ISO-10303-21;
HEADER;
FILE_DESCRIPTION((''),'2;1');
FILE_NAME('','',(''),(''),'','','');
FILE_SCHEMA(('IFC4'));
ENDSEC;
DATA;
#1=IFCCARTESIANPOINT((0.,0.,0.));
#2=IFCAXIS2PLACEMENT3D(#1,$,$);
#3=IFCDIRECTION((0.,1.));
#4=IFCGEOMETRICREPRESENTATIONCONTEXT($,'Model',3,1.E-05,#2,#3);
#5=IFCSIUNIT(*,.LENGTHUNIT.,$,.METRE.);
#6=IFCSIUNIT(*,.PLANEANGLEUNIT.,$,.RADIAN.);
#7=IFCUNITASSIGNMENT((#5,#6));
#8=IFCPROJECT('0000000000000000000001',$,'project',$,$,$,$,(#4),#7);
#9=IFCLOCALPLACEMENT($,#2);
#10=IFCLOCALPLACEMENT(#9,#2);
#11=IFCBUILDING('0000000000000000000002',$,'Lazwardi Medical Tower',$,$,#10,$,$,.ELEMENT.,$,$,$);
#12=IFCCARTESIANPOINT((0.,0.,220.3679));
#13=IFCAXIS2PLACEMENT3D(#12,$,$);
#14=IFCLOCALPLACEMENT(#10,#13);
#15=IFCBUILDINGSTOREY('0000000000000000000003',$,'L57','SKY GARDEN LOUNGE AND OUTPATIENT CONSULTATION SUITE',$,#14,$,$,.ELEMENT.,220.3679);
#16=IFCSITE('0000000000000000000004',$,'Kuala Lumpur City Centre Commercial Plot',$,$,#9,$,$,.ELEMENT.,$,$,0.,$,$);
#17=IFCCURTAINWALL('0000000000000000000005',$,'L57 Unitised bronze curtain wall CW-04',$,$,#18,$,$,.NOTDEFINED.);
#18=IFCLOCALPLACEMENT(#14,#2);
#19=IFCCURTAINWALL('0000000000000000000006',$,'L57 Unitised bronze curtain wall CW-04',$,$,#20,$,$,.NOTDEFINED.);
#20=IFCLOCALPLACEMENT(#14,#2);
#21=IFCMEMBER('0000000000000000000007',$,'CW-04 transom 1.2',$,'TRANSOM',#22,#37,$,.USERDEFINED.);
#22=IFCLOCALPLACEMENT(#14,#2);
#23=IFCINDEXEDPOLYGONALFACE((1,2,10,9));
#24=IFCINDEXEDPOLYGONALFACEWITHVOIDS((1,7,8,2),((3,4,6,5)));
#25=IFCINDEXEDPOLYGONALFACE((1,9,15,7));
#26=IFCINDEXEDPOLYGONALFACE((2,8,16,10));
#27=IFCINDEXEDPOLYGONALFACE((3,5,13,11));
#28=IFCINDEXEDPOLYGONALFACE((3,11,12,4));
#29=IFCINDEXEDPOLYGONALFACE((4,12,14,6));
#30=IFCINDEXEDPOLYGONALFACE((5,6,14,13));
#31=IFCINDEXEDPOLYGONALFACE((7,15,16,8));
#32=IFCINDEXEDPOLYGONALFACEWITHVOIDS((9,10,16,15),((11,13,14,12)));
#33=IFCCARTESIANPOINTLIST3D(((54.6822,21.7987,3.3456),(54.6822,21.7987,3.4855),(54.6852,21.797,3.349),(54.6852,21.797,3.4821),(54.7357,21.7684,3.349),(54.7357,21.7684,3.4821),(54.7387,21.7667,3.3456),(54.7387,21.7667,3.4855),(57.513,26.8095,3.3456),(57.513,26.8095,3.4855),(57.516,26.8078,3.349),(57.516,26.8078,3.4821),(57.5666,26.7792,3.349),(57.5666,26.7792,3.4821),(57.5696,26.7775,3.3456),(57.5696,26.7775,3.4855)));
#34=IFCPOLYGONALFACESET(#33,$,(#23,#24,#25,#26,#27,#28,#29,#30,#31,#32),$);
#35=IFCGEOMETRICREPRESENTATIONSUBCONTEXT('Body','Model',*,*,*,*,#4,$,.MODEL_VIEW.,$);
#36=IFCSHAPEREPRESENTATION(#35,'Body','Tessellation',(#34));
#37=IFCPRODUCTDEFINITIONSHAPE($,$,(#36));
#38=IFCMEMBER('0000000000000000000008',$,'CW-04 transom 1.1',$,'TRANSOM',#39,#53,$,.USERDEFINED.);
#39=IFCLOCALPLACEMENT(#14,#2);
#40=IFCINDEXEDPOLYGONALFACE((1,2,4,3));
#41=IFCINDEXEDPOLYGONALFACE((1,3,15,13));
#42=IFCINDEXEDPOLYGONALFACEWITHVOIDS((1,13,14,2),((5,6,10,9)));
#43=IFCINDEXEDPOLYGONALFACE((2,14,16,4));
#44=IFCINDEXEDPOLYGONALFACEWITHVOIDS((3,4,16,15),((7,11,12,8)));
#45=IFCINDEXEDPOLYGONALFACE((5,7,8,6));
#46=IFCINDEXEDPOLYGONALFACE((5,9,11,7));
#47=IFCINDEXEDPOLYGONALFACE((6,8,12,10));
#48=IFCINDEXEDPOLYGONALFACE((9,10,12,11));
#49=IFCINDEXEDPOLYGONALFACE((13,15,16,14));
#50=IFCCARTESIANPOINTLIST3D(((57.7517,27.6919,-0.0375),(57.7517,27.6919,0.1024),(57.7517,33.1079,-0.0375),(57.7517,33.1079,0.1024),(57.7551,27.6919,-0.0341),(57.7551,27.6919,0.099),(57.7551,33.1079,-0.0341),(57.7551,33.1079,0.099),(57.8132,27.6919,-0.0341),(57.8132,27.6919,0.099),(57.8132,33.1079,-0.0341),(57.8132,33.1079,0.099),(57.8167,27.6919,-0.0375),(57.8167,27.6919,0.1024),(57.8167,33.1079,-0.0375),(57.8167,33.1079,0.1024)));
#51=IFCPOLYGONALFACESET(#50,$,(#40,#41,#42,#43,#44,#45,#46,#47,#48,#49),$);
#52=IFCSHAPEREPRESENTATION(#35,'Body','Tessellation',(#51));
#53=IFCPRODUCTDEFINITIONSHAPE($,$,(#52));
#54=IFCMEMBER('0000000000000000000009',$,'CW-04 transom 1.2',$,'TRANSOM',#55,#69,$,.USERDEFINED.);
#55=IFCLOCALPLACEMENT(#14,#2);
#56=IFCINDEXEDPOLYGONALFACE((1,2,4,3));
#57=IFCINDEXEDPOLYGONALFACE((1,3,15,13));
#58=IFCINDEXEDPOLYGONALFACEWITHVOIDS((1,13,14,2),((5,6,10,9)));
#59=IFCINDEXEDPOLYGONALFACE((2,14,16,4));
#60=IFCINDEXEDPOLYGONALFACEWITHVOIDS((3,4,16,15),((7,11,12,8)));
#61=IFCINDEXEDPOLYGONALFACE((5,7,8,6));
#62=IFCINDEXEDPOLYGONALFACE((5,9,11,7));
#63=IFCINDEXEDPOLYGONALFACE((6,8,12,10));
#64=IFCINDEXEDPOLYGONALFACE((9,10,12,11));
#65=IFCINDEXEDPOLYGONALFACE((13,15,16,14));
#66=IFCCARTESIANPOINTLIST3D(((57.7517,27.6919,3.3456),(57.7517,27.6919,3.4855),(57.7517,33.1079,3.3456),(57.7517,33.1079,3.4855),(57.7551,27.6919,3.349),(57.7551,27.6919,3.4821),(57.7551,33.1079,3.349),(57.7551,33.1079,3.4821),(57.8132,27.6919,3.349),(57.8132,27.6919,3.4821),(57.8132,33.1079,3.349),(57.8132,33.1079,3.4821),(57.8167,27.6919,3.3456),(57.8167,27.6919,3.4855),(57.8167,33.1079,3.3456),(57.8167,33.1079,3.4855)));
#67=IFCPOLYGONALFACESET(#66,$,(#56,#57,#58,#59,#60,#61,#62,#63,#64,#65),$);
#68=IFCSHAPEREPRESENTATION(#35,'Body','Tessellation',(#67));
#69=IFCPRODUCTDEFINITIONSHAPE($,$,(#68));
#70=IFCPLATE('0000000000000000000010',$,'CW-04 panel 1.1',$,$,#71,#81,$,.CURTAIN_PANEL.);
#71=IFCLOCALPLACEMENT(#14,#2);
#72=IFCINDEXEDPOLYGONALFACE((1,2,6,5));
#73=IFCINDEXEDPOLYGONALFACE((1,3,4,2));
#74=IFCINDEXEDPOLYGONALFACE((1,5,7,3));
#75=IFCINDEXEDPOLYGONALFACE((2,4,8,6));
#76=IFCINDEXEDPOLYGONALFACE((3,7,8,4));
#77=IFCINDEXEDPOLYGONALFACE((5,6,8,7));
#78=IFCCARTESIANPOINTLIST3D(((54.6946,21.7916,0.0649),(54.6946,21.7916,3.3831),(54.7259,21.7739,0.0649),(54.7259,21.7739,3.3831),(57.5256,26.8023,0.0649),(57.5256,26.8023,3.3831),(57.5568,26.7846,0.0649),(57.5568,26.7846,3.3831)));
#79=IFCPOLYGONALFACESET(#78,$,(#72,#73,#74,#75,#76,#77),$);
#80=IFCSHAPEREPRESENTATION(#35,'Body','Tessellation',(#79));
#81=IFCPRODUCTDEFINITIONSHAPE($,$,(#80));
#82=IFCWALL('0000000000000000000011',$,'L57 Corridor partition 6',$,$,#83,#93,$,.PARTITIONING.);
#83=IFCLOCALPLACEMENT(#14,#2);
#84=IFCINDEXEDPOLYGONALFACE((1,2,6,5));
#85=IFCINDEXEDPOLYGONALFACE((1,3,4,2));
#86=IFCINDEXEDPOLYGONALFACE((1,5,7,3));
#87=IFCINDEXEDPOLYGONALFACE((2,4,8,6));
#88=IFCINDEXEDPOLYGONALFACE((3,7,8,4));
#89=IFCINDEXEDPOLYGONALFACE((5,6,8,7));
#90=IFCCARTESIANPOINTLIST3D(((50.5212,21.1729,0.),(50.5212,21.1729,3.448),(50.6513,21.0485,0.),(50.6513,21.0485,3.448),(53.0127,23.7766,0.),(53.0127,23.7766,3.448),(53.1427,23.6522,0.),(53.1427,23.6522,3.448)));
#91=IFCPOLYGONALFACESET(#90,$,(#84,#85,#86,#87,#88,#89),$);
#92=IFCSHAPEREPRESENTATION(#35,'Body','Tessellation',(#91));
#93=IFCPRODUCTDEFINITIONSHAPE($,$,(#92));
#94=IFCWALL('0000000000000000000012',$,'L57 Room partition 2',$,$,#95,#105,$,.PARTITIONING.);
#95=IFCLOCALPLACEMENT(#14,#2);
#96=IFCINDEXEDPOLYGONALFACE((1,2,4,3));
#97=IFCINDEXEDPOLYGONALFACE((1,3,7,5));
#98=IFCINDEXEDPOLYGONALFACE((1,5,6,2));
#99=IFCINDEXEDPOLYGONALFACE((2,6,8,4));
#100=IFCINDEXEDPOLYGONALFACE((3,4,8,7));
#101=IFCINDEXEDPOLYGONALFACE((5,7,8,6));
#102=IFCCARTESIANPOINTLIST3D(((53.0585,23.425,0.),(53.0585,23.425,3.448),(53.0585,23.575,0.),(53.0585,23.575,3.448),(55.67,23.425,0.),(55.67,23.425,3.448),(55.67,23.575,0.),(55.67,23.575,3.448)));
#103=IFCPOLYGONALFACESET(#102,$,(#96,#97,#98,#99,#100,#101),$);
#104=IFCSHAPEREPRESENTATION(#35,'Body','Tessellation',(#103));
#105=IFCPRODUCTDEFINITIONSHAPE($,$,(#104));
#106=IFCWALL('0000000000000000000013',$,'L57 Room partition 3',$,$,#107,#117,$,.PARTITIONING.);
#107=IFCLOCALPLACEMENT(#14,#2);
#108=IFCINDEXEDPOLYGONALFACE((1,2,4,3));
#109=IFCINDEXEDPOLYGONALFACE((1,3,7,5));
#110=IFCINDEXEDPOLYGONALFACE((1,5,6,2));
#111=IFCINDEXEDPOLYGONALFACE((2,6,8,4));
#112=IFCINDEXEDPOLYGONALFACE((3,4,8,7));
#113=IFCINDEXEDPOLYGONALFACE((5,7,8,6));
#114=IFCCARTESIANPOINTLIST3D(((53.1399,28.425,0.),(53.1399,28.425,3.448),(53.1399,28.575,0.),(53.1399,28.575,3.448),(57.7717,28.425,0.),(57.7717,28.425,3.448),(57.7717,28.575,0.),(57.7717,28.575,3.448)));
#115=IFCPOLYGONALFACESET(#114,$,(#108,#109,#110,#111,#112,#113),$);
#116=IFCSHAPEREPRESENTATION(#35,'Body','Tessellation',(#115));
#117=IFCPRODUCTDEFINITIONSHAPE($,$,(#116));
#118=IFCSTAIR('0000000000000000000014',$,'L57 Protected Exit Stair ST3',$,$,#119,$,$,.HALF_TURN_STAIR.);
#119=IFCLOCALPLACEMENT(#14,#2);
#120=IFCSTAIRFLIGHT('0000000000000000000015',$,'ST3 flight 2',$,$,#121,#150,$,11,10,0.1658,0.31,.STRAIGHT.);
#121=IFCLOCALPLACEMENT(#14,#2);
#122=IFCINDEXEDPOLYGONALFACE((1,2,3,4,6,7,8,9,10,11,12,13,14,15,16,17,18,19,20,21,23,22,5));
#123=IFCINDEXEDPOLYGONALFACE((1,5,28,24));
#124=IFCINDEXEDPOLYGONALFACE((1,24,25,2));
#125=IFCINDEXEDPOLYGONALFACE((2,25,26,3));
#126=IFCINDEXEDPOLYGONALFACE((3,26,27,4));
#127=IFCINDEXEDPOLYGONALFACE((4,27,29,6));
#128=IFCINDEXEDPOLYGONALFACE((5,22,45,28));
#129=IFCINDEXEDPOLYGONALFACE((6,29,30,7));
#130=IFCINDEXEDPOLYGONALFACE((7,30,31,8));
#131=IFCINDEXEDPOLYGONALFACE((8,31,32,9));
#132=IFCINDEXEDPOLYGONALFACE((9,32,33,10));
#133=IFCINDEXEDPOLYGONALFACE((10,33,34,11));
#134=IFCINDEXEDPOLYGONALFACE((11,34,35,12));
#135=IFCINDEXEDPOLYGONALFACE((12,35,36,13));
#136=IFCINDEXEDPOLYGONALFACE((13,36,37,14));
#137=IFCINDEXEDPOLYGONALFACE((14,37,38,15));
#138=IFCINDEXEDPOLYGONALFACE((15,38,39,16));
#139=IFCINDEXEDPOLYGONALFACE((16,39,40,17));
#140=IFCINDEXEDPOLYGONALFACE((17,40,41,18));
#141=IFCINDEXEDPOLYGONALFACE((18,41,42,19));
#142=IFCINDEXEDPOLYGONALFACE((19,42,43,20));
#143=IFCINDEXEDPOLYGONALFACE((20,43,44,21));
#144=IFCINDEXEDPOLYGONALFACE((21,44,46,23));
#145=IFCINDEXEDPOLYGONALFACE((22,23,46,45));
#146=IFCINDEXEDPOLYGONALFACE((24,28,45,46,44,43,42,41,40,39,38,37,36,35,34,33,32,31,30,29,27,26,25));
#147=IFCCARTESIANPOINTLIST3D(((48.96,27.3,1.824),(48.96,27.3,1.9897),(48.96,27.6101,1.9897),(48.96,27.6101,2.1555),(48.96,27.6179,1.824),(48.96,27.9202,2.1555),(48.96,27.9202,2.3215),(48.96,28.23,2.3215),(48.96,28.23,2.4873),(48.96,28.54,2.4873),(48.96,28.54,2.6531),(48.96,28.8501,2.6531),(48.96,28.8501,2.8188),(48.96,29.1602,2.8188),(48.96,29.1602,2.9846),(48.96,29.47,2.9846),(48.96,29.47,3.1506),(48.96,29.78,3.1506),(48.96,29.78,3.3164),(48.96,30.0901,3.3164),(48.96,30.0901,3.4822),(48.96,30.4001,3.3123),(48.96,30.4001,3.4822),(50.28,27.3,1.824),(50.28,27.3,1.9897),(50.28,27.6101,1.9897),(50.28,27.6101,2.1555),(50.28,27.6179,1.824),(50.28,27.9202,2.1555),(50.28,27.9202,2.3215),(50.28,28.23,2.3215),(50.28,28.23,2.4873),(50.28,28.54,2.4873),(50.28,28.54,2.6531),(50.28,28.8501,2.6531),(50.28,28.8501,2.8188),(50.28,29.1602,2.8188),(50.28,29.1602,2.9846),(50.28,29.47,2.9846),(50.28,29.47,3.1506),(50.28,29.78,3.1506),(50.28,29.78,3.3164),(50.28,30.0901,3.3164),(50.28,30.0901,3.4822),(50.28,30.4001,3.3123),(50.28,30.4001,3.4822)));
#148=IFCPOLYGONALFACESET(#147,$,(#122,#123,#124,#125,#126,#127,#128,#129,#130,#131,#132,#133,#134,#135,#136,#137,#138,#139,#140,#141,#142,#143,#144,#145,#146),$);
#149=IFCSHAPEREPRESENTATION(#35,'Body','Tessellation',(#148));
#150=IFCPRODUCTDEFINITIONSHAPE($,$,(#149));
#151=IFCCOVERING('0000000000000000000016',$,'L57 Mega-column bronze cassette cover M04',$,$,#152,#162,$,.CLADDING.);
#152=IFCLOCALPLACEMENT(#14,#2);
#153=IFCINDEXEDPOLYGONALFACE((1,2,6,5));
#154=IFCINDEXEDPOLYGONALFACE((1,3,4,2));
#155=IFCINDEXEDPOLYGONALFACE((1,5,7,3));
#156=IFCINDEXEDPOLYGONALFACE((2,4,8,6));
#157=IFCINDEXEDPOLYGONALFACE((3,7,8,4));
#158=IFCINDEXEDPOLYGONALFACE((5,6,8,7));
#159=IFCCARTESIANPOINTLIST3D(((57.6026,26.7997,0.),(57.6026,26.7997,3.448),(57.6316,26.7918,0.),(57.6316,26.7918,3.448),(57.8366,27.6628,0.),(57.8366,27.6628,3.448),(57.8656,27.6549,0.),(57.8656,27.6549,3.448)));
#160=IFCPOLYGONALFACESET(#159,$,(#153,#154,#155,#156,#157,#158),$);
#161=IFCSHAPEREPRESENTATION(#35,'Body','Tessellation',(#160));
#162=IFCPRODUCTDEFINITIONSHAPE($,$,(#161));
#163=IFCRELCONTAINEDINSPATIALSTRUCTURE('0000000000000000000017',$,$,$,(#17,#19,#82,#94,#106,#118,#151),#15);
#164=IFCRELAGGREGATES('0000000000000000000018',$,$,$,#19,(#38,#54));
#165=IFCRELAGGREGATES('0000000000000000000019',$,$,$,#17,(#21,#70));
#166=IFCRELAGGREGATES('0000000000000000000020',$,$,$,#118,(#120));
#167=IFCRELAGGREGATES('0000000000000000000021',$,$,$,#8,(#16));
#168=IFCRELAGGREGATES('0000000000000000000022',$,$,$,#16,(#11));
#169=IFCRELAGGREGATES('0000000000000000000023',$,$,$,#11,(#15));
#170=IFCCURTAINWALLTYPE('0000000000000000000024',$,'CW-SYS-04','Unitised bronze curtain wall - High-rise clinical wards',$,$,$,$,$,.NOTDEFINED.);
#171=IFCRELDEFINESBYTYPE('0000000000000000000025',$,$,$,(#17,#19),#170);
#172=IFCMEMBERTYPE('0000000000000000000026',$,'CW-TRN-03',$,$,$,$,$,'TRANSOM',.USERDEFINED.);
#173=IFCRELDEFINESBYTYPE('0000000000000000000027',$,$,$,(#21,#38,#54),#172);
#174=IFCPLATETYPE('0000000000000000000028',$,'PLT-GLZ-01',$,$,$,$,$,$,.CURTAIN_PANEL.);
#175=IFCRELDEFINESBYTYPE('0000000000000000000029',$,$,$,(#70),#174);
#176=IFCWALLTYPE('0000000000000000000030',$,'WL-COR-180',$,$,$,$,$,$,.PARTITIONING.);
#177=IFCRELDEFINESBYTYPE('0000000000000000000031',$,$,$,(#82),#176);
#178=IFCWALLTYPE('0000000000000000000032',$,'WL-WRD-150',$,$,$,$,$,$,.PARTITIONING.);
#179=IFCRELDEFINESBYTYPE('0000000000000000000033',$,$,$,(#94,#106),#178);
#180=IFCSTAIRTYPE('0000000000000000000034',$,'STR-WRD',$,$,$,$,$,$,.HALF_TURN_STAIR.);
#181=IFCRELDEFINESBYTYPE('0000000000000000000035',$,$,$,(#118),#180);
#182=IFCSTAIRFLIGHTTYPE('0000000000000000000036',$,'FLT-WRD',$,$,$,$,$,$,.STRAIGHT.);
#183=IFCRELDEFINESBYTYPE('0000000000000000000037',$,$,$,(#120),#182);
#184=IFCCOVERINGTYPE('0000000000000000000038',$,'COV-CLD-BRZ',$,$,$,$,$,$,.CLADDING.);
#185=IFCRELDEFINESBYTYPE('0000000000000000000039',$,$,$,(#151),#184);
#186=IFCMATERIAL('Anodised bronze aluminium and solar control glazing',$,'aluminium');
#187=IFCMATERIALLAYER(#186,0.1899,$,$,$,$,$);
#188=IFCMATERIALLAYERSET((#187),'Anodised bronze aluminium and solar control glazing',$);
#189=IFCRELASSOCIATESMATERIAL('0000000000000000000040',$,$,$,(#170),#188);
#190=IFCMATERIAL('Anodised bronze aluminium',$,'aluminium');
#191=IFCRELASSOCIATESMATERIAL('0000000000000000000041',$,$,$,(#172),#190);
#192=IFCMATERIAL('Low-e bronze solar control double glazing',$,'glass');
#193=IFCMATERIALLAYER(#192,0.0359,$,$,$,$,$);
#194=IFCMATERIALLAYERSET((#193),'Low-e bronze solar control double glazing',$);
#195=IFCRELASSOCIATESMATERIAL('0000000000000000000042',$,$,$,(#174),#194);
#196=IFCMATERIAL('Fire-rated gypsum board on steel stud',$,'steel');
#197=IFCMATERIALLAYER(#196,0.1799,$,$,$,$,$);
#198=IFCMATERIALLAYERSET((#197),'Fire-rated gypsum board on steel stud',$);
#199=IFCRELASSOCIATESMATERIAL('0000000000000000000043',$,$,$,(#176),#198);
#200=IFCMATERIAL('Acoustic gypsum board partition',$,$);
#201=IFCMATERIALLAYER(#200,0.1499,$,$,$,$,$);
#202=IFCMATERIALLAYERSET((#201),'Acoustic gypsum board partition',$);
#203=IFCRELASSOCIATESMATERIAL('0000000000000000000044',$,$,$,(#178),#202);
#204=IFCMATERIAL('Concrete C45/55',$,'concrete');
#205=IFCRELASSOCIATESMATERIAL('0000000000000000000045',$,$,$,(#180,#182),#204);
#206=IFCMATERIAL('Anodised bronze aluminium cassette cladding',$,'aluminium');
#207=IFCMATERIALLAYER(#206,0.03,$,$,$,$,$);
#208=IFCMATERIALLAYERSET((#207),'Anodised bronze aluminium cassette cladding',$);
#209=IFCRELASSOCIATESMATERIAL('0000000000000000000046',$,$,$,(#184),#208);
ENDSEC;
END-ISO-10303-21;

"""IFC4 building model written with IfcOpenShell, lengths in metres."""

from ifc_helpers import new_model, si_unit, direction, frame, frame_2d, origin, origin_2d, place, context, subcontext, project, spatial, polyline, rectangle, hollow_rectangle, outline, extrude, material, layer, layer_set, material_profile, profile_set, type_object, element, aggregate, save


model = new_model("IFC4")

# Units and contexts
model_context = context("Model", 3, precision=1e-05, world=origin(), true_north=direction((0.0, 1.0)))
body_context = subcontext(model_context, "Body", "Model", "MODEL_VIEW")
ifc_project = project(units=[si_unit("LENGTHUNIT", "METRE"), si_unit("PLANEANGLEUNIT", "RADIAN")], contexts=[model_context])

# Site, building, storey
site_placement = place(None, origin())
site = spatial("IfcSite", under=ifc_project, at=site_placement, Name="Kuala Lumpur City Centre Commercial Plot", CompositionType="ELEMENT", RefElevation=0.0)
building_placement = place(site_placement, origin())
building = spatial("IfcBuilding", under=site, at=building_placement, Name="Lazwardi Medical Tower", CompositionType="ELEMENT")
storey_placement = place(building_placement, frame((0.0, 0.0, 220.3679)))
storey = spatial("IfcBuildingStorey", under=building, at=storey_placement, Name="L57", Description="SKY GARDEN LOUNGE AND OUTPATIENT CONSULTATION SUITE", CompositionType="ELEMENT", Elevation=220.3679)

# Curtain walls
ifc_material_1 = material(Name="Anodised bronze aluminium and solar control glazing", Category="aluminium")
ifc_layer_1 = layer(ifc_material_1, 0.1899)
ifc_layer_set_1 = layer_set([ifc_layer_1], Name="Anodised bronze aluminium and solar control glazing")
curtain_wall_type = type_object("IfcCurtainWallType", Name="CW-SYS-04", Description="Unitised bronze curtain wall - High-rise clinical wards", PredefinedType="NOTDEFINED", material=ifc_layer_set_1)
curtain_wall_1_placement = place(storey_placement, origin())
curtain_wall_1 = element("IfcCurtainWall", 1, at=curtain_wall_1_placement, inside=storey, type_object=curtain_wall_type, Name="L57 Unitised bronze curtain wall CW-04", PredefinedType="NOTDEFINED")
ifc_material_2 = material(Name="Anodised bronze aluminium", Category="aluminium")
curtain_wall_2_placement = place(storey_placement, origin())
curtain_wall_2 = element("IfcCurtainWall", 2, at=curtain_wall_2_placement, inside=storey, type_object=curtain_wall_type, Name="L57 Unitised bronze curtain wall CW-04", PredefinedType="NOTDEFINED")

# Members
ifc_material_profile_1 = material_profile(ifc_material_2, hollow_rectangle(XDim=0.0649, YDim=0.1399, WallThickness=0.0034, at=origin_2d()), Name="ALU-TRANSOM 140x65x3.5")
ifc_profile_set_1 = profile_set([ifc_material_profile_1], Name="Anodised bronze aluminium")
member_type_1 = type_object("IfcMemberType", Name="CW-TRN-03", ElementType="TRANSOM", PredefinedType="USERDEFINED", material=ifc_profile_set_1)
member_1_placement = place(storey_placement, frame((54.7104, 21.7827, 3.4155), z_axis=(0.49188, 0.870663, 0.0), x_axis=(-0.870663, 0.49188, 0.0)))
member_1 = element("IfcMember", 3, at=member_1_placement, type_object=member_type_1, Name="CW-04 transom 1.2", ObjectType="TRANSOM", PredefinedType="USERDEFINED", context=body_context, shape_type="SweptSolid", body=[
    extrude(hollow_rectangle(XDim=0.0649, YDim=0.1399, WallThickness=0.0034, at=origin_2d()), origin(), (0.0, 0.0, 1.0), 5.7551),
])
member_2_placement = place(storey_placement, frame((57.7842, 27.6919, 0.0325), z_axis=(0.0, 1.0, 0.0), x_axis=(-1.0, 0.0, 0.0)))
member_2 = element("IfcMember", 4, at=member_2_placement, type_object=member_type_1, Name="CW-04 transom 1.1", ObjectType="TRANSOM", PredefinedType="USERDEFINED", context=body_context, shape_type="SweptSolid", body=[
    extrude(hollow_rectangle(XDim=0.0649, YDim=0.1399, WallThickness=0.0034, at=origin_2d()), origin(), (0.0, 0.0, 1.0), 5.416),
])
member_3_placement = place(storey_placement, frame((57.7842, 27.6919, 3.4155), z_axis=(0.0, 1.0, 0.0), x_axis=(-1.0, 0.0, 0.0)))
member_3 = element("IfcMember", 5, at=member_3_placement, type_object=member_type_1, Name="CW-04 transom 1.2", ObjectType="TRANSOM", PredefinedType="USERDEFINED", context=body_context, shape_type="SweptSolid", body=[
    extrude(hollow_rectangle(XDim=0.0649, YDim=0.1399, WallThickness=0.0034, at=origin_2d()), origin(), (0.0, 0.0, 1.0), 5.416),
])
aggregate(curtain_wall_2, [member_2, member_3])

# Plate
ifc_material_3 = material(Name="Low-e bronze solar control double glazing", Category="glass")
ifc_layer_2 = layer(ifc_material_3, 0.0359)
ifc_layer_set_2 = layer_set([ifc_layer_2], Name="Low-e bronze solar control double glazing")
plate_type = type_object("IfcPlateType", Name="PLT-GLZ-01", PredefinedType="CURTAIN_PANEL", material=ifc_layer_set_2)
plate_placement = place(storey_placement, frame((56.1257, 24.2881, 0.0649), z_axis=(0.0, 0.0, 1.0), x_axis=(0.4919, 0.870651, 0.0)))
plate = element("IfcPlate", 6, at=plate_placement, type_object=plate_type, Name="CW-04 panel 1.1", PredefinedType="CURTAIN_PANEL", context=body_context, shape_type="SweptSolid", body=[
    extrude(rectangle(XDim=5.7551, YDim=0.0359, at=origin_2d()), origin(), (0.0, 0.0, 1.0), 3.3181),
])
aggregate(curtain_wall_1, [member_1, plate])

# Walls
ifc_material_4 = material(Name="Fire-rated gypsum board on steel stud", Category="steel")
ifc_layer_3 = layer(ifc_material_4, 0.1799)
ifc_layer_set_3 = layer_set([ifc_layer_3], Name="Fire-rated gypsum board on steel stud")
wall_type_1 = type_object("IfcWallType", Name="WL-COR-180", PredefinedType="PARTITIONING", material=ifc_layer_set_3)
wall_1_placement = place(storey_placement, frame((53.0776, 23.7144, 0.0), z_axis=(0.0, 0.0, 1.0), x_axis=(-0.691353, -0.722517, 0.0)))
element("IfcWall", 7, at=wall_1_placement, inside=storey, type_object=wall_type_1, Name="L57 Corridor partition 6", PredefinedType="PARTITIONING", context=body_context, shape_type="SweptSolid", body=[
    extrude(rectangle(XDim=3.6038, YDim=0.1799, at=frame_2d((1.8018, 0.0))), origin(), (0.0, 0.0, 1.0), 3.448),
])
ifc_material_5 = material(Name="Acoustic gypsum board partition")
ifc_layer_4 = layer(ifc_material_5, 0.1499)
ifc_layer_set_4 = layer_set([ifc_layer_4], Name="Acoustic gypsum board partition")
wall_type_2 = type_object("IfcWallType", Name="WL-WRD-150", PredefinedType="PARTITIONING", material=ifc_layer_set_4)
wall_2_placement = place(storey_placement, frame((53.0586, 23.5, 0.0), z_axis=(0.0, 0.0, 1.0), x_axis=(1.0, 0.0, 0.0)))
element("IfcWall", 8, at=wall_2_placement, inside=storey, type_object=wall_type_2, Name="L57 Room partition 2", PredefinedType="PARTITIONING", context=body_context, shape_type="SweptSolid", body=[
    extrude(rectangle(XDim=2.6116, YDim=0.1499, at=frame_2d((1.3057, 0.0))), origin(), (0.0, 0.0, 1.0), 3.448),
])
wall_3_placement = place(storey_placement, frame((53.1399, 28.5, 0.0), z_axis=(0.0, 0.0, 1.0), x_axis=(1.0, 0.0, 0.0)))
element("IfcWall", 9, at=wall_3_placement, inside=storey, type_object=wall_type_2, Name="L57 Room partition 3", PredefinedType="PARTITIONING", context=body_context, shape_type="SweptSolid", body=[
    extrude(rectangle(XDim=4.6318, YDim=0.1499, at=frame_2d((2.3159, 0.0))), origin(), (0.0, 0.0, 1.0), 3.448),
])

# Stair, stair flight
ifc_material_6 = material(Name="Concrete C45/55", Category="concrete")
stair_type = type_object("IfcStairType", Name="STR-WRD", PredefinedType="HALF_TURN_STAIR", material=ifc_material_6)
stair_placement = place(storey_placement, origin())
stair = element("IfcStair", 10, at=stair_placement, inside=storey, type_object=stair_type, Name="L57 Protected Exit Stair ST3", PredefinedType="HALF_TURN_STAIR")
stair_flight_type = type_object("IfcStairFlightType", Name="FLT-WRD", PredefinedType="STRAIGHT", material=ifc_material_6)
stair_flight_placement = place(storey_placement, frame((49.6201, 27.3, 1.824), z_axis=(0.0, 0.0, 1.0), x_axis=(0.0, 1.0, 0.0)))
stair_flight = element("IfcStairFlight", 11, at=stair_flight_placement, type_object=stair_flight_type, Name="ST3 flight 2", NumberOfRisers=11, NumberOfTreads=10, PredefinedType="STRAIGHT", RiserHeight=0.1658, TreadLength=0.31, context=body_context, shape_type="SweptSolid", body=[
    extrude(outline(polyline([(0.0, 0.0), (0.0, 0.1658), (0.3101, 0.1658), (0.3101, 0.3315), (0.6201, 0.3315), (0.6201, 0.4976), (0.9299, 0.4976), (0.9299, 0.6633), (1.24, 0.6633), (1.24, 0.8291), (1.55, 0.8291), (1.55, 0.9949), (1.8601, 0.9949), (1.8601, 1.1606), (2.1699, 1.1606), (2.1699, 1.3267), (2.48, 1.3267), (2.48, 1.4924), (2.79, 1.4924), (2.79, 1.6582), (3.1001, 1.6582), (3.1001, 1.824), (3.1001, 1.4883), (0.3179, 0.0), (0.0, 0.0)])), frame((0.0, 0.6602, 0.0), z_axis=(0.0, -1.0, 0.0), x_axis=(1.0, 0.0, 0.0)), (0.0, 0.0, 1.0), 1.3201),
])
aggregate(stair, [stair_flight])

# Covering
ifc_material_7 = material(Name="Anodised bronze aluminium cassette cladding", Category="aluminium")
ifc_layer_5 = layer(ifc_material_7, 0.03)
ifc_layer_set_5 = layer_set([ifc_layer_5], Name="Anodised bronze aluminium cassette cladding")
covering_type = type_object("IfcCoveringType", Name="COV-CLD-BRZ", PredefinedType="CLADDING", material=ifc_layer_set_5)
covering_placement = place(storey_placement, frame((57.7341, 27.2273, 0.0), z_axis=(0.0, 0.0, 1.0), x_axis=(0.261642, 0.965165, 0.0)))
element("IfcCovering", 12, at=covering_placement, inside=storey, type_object=covering_type, Name="L57 Mega-column bronze cassette cover M04", PredefinedType="CLADDING", context=body_context, shape_type="SweptSolid", body=[
    extrude(rectangle(XDim=0.8943, YDim=0.03, at=origin_2d()), origin(), (0.0, 0.0, 1.0), 3.448),
])

save(model, "model.ifc")
